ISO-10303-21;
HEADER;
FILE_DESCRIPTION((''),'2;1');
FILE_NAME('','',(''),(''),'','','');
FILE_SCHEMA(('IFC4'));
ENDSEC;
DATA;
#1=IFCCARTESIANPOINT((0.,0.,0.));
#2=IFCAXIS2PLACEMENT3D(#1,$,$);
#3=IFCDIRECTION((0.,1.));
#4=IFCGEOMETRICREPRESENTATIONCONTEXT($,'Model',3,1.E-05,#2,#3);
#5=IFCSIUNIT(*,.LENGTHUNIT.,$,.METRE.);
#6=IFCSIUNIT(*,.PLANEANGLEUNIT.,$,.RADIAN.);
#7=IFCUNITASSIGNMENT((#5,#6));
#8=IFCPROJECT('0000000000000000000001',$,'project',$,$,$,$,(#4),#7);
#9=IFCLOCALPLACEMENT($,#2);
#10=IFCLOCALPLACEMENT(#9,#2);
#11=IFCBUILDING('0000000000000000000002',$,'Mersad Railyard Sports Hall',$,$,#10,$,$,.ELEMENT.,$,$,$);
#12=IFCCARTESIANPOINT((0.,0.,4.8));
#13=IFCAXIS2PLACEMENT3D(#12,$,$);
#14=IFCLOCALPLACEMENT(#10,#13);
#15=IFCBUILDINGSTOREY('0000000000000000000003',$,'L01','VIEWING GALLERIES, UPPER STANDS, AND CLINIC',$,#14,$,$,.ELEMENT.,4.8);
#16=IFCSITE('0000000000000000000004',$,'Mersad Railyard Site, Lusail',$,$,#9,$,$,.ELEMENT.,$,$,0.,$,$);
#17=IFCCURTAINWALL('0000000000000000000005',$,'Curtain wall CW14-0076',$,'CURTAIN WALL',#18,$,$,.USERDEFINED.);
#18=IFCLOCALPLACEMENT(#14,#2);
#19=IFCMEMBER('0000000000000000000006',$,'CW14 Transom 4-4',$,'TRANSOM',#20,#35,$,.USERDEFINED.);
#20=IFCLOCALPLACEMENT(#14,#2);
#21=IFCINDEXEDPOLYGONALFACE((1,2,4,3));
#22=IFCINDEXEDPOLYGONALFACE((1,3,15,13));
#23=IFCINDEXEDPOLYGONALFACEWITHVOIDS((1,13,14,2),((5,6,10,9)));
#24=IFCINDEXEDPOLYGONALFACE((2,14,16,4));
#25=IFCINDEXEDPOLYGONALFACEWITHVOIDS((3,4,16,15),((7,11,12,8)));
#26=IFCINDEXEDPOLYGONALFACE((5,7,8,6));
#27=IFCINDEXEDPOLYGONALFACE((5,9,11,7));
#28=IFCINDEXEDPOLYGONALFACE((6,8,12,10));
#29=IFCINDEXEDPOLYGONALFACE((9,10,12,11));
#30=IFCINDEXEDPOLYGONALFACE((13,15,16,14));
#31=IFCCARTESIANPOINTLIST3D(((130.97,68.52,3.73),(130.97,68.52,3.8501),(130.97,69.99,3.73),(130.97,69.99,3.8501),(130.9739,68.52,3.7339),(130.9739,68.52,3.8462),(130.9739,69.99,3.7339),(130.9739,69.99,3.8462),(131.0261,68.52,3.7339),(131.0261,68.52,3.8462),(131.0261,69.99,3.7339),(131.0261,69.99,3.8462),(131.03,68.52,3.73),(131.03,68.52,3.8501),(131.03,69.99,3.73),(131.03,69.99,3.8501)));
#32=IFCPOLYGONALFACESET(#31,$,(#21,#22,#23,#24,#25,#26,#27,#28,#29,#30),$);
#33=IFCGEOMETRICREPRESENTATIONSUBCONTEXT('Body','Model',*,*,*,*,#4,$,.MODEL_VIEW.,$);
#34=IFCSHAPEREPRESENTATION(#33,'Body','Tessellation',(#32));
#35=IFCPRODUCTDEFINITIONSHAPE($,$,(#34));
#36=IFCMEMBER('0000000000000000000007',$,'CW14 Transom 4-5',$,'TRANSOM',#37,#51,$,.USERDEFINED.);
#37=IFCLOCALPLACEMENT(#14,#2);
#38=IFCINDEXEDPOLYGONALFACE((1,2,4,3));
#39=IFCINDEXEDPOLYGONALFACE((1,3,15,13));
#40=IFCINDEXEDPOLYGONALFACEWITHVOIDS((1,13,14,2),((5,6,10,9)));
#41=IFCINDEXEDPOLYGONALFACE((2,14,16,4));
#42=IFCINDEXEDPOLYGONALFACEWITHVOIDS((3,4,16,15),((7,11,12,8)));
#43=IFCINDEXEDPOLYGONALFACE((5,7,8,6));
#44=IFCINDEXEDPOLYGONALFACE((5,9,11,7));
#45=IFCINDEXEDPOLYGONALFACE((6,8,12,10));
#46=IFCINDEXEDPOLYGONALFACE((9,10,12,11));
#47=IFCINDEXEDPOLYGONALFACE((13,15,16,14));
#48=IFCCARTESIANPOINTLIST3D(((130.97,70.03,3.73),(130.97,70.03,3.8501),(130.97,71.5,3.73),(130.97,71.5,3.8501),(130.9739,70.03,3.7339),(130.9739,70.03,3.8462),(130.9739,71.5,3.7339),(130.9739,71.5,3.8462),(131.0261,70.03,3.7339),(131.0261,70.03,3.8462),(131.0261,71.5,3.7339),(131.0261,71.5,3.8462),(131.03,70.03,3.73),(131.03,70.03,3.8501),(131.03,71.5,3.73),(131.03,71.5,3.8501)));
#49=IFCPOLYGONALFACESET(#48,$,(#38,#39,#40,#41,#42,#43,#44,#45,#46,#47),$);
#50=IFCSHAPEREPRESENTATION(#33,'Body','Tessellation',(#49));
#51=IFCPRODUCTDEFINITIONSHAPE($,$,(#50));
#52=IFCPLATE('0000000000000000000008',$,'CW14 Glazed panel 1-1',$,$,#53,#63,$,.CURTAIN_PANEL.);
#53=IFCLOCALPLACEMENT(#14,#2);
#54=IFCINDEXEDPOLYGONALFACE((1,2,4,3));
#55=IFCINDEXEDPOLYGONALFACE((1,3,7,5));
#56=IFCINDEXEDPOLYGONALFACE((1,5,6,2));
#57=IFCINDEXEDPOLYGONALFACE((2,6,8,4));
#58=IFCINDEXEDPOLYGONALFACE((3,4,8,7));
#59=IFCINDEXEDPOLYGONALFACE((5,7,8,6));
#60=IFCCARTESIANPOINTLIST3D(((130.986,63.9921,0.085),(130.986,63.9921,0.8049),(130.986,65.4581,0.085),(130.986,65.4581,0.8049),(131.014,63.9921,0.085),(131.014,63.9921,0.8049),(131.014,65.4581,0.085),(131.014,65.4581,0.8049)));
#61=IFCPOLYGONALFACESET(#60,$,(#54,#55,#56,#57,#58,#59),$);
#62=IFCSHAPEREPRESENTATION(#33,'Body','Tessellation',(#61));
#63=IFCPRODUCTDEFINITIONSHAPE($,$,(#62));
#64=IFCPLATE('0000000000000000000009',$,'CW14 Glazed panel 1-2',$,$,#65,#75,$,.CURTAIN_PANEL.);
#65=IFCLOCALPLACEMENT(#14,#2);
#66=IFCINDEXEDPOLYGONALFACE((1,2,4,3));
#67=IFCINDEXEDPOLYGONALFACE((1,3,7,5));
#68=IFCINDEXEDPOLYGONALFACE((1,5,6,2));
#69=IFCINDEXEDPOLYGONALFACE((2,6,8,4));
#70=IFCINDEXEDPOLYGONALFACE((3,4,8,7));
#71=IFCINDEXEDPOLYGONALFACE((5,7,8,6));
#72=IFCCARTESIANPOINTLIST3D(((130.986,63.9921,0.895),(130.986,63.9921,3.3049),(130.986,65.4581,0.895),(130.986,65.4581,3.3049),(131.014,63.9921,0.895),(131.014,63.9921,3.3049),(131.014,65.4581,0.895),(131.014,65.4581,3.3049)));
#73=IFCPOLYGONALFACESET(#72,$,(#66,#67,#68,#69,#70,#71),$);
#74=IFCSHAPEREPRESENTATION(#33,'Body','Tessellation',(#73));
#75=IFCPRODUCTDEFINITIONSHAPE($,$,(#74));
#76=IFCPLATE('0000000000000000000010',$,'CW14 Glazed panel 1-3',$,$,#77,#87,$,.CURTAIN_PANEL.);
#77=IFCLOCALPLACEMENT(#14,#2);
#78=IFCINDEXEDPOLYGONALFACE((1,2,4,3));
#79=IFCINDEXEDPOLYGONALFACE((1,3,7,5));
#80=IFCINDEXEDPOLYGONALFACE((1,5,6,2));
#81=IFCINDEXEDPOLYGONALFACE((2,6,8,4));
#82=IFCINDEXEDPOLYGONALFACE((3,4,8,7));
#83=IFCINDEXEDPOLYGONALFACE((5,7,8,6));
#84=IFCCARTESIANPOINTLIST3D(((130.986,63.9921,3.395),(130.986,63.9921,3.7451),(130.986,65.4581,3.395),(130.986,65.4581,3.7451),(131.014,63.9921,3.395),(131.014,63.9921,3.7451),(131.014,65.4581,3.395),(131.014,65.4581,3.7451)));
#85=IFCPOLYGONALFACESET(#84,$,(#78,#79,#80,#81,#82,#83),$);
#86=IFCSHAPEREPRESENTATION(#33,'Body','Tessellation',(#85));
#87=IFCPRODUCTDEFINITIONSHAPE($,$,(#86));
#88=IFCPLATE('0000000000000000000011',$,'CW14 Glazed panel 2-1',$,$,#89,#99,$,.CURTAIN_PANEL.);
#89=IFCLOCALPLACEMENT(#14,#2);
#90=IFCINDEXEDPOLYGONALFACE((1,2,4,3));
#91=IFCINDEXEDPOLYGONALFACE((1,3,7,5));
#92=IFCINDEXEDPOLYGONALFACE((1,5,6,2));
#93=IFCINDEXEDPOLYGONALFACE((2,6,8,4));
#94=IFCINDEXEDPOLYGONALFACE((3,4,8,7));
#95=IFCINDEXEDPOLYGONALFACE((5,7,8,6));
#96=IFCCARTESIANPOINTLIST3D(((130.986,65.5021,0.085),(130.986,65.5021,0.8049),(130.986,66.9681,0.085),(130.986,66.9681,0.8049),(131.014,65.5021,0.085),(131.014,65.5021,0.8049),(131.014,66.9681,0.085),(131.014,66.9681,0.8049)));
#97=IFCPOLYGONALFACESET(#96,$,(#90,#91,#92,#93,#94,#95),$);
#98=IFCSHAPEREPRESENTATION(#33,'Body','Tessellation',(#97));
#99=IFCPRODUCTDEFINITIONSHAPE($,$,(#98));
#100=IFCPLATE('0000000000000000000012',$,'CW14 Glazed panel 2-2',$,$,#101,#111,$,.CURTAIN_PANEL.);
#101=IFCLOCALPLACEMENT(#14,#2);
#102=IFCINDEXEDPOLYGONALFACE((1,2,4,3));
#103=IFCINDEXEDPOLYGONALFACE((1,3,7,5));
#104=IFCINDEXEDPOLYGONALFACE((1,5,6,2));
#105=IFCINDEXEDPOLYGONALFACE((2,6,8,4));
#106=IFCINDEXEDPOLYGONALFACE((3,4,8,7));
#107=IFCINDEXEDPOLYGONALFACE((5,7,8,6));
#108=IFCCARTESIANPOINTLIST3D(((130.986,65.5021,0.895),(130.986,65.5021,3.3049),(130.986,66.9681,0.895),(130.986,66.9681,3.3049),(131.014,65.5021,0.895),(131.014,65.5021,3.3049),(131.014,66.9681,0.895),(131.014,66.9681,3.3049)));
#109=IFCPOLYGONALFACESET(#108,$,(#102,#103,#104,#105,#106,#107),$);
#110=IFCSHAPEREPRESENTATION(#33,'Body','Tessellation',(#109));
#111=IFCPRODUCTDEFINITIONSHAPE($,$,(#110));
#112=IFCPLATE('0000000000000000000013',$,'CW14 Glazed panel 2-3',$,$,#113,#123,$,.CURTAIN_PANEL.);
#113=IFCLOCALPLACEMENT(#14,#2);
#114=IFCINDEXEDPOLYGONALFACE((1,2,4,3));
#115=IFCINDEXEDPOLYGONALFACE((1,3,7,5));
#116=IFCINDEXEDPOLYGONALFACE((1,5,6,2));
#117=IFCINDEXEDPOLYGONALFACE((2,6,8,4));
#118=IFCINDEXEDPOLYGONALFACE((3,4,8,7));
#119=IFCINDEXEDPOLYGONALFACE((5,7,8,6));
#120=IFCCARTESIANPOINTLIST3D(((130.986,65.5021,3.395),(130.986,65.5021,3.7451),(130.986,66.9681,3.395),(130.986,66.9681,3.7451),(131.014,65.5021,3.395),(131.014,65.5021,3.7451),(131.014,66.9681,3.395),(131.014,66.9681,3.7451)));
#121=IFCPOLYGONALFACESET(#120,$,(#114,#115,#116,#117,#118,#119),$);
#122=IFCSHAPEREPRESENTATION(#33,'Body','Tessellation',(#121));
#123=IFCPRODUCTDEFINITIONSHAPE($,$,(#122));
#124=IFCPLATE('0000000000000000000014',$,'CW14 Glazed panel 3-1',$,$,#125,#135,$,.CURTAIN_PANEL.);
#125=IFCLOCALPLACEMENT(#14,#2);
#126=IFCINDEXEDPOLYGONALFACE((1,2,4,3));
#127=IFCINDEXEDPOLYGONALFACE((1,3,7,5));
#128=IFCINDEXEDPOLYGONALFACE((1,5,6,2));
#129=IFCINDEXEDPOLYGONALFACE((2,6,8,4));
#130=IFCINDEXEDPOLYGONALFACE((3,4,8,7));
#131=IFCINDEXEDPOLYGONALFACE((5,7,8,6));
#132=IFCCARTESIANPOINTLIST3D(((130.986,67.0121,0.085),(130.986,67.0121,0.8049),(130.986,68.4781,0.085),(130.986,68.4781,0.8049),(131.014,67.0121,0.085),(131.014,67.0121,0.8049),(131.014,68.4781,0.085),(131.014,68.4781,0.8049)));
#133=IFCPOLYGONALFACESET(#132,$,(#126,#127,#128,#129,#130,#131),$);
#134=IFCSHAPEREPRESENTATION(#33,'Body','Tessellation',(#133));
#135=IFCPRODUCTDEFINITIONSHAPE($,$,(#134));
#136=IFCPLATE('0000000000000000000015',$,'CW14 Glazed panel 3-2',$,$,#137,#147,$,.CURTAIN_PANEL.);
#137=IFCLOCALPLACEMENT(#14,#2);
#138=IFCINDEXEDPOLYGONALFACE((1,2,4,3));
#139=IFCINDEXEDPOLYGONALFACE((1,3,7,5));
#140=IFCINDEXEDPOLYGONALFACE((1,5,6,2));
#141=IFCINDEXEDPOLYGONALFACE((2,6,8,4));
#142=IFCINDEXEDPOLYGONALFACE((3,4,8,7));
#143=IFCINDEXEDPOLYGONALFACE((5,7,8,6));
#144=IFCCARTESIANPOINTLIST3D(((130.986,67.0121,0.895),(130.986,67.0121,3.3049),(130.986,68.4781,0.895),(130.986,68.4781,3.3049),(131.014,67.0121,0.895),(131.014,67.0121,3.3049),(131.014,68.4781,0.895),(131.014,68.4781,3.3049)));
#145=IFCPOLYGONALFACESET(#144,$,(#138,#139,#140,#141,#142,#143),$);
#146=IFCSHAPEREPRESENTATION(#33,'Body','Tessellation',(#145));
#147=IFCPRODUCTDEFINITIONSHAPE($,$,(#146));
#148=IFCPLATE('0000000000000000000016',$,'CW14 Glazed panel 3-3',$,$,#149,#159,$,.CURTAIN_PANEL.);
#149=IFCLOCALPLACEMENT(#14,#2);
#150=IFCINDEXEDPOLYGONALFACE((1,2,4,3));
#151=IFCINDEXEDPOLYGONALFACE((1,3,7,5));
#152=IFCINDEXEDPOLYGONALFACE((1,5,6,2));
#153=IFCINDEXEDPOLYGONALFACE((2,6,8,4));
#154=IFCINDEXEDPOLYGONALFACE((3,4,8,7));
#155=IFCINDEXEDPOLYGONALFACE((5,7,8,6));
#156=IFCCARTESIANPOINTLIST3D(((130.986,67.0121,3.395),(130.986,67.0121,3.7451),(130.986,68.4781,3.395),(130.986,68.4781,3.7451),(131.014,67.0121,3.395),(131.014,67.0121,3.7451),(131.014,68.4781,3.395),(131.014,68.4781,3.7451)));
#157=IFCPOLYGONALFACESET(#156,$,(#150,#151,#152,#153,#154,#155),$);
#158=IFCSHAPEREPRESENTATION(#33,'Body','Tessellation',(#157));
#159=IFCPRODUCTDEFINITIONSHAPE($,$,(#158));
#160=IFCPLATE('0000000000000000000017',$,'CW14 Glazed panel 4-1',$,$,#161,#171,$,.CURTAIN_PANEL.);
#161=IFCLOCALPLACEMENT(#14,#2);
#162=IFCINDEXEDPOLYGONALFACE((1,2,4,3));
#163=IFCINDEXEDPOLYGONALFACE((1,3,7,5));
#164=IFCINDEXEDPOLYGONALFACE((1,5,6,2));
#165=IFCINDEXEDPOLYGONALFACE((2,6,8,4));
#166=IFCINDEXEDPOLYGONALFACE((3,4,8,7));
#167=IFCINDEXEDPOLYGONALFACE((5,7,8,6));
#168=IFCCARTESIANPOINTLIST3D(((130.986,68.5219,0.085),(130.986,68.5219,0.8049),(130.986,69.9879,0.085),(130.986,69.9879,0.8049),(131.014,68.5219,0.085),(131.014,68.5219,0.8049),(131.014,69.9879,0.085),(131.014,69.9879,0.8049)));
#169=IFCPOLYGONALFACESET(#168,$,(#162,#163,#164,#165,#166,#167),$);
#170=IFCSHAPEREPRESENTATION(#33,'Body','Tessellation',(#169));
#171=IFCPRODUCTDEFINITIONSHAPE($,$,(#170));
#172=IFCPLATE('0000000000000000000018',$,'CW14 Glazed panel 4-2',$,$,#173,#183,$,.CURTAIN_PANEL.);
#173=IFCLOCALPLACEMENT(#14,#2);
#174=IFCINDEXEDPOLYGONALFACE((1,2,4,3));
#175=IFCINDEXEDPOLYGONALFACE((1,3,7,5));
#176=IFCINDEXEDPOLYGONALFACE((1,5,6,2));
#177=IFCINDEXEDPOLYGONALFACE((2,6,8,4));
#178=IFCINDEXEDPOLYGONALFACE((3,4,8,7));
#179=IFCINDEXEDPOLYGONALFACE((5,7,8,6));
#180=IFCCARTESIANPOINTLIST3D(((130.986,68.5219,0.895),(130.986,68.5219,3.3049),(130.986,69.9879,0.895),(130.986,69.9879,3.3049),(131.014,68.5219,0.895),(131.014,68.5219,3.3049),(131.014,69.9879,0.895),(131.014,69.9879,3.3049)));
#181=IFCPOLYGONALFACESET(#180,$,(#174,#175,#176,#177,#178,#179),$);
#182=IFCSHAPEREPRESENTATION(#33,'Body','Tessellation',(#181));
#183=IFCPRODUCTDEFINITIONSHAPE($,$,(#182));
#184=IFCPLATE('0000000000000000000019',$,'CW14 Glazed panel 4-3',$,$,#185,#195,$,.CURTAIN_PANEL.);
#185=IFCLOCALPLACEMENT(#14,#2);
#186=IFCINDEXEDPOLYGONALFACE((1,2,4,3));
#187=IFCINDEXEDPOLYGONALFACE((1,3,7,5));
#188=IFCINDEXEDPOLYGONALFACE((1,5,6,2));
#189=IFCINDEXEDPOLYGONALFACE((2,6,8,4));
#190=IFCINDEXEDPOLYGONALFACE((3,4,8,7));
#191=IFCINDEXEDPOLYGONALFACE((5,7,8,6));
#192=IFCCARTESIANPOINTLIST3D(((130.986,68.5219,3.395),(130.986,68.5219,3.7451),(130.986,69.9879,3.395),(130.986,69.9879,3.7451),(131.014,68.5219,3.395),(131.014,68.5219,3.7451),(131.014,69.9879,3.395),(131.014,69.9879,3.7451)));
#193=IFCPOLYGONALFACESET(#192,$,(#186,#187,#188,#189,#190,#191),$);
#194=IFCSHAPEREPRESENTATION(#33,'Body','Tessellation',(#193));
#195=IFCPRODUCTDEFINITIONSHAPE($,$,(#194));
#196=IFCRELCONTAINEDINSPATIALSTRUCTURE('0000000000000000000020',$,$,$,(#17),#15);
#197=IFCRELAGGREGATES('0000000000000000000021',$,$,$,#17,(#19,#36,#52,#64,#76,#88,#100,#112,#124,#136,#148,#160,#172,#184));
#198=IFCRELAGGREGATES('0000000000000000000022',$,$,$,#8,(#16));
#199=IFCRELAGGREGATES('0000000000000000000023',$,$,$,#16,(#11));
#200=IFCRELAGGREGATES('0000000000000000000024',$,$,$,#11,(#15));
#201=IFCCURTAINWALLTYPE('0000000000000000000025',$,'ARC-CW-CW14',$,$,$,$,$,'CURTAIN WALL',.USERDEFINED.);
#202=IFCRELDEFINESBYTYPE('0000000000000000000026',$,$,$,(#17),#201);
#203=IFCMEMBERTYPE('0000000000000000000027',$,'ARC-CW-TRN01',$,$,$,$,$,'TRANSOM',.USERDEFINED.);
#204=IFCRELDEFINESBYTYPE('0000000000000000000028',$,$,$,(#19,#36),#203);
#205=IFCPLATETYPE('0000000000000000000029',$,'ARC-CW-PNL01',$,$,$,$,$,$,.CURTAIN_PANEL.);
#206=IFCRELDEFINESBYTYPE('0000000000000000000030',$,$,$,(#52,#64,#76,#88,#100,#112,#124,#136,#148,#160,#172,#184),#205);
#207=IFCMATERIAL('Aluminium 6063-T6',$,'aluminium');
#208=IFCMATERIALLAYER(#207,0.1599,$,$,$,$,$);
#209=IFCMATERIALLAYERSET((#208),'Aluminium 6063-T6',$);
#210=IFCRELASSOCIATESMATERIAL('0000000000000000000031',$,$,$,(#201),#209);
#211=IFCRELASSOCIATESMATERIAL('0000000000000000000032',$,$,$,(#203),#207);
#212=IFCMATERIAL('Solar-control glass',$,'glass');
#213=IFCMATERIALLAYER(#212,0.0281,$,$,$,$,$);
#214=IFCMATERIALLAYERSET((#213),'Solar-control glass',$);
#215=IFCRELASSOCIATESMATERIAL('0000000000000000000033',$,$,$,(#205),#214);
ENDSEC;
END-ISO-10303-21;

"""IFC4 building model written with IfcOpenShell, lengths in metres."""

from ifc_helpers import new_model, si_unit, direction, frame, origin, origin_2d, place, context, subcontext, project, spatial, rectangle, hollow_rectangle, extrude, material, layer, layer_set, material_profile, profile_set, type_object, element, aggregate, save


model = new_model("IFC4")

# Units and contexts
model_context = context("Model", 3, precision=1e-05, world=origin(), true_north=direction((0.0, 1.0)))
body_context = subcontext(model_context, "Body", "Model", "MODEL_VIEW")
ifc_project = project(units=[si_unit("LENGTHUNIT", "METRE"), si_unit("PLANEANGLEUNIT", "RADIAN")], contexts=[model_context])

# Site, building, storey
site_placement = place(None, origin())
site = spatial("IfcSite", under=ifc_project, at=site_placement, Name="Mersad Railyard Site, Lusail", CompositionType="ELEMENT", RefElevation=0.0)
building_placement = place(site_placement, origin())
building = spatial("IfcBuilding", under=site, at=building_placement, Name="Mersad Railyard Sports Hall", CompositionType="ELEMENT")
storey_placement = place(building_placement, frame((0.0, 0.0, 4.8)))
storey = spatial("IfcBuildingStorey", under=building, at=storey_placement, Name="L01", Description="VIEWING GALLERIES, UPPER STANDS, AND CLINIC", CompositionType="ELEMENT", Elevation=4.8)

# Curtain wall, members, plates
ifc_material_1 = material(Name="Aluminium 6063-T6", Category="aluminium")
ifc_layer_1 = layer(ifc_material_1, 0.1599)
ifc_layer_set_1 = layer_set([ifc_layer_1], Name="Aluminium 6063-T6")
curtain_wall_type = type_object("IfcCurtainWallType", Name="ARC-CW-CW14", ElementType="CURTAIN WALL", PredefinedType="USERDEFINED", material=ifc_layer_set_1)
curtain_wall_placement = place(storey_placement, origin())
curtain_wall = element("IfcCurtainWall", 1, at=curtain_wall_placement, inside=storey, type_object=curtain_wall_type, Name="Curtain wall CW14-0076", ObjectType="CURTAIN WALL", PredefinedType="USERDEFINED")
ifc_material_profile_1 = material_profile(ifc_material_1, hollow_rectangle(XDim=0.0601, YDim=0.1201, WallThickness=0.0039, at=origin_2d()), Name="AL TRANSOM 60x120x4")
ifc_profile_set_1 = profile_set([ifc_material_profile_1], Name="Aluminium 6063-T6")
member_type_1 = type_object("IfcMemberType", Name="ARC-CW-TRN01", ElementType="TRANSOM", PredefinedType="USERDEFINED", material=ifc_profile_set_1)
member_1_placement = place(storey_placement, frame((131.0, 68.52, 3.79), z_axis=(0.0, 1.0, 0.0), x_axis=(-1.0, 0.0, 0.0)))
member_1 = element("IfcMember", 2, at=member_1_placement, type_object=member_type_1, Name="CW14 Transom 4-4", ObjectType="TRANSOM", PredefinedType="USERDEFINED", context=body_context, shape_type="SweptSolid", body=[
    extrude(hollow_rectangle(XDim=0.0601, YDim=0.1201, WallThickness=0.0039, at=origin_2d()), origin(), (0.0, 0.0, 1.0), 1.47),
])
member_2_placement = place(storey_placement, frame((131.0, 70.03, 3.79), z_axis=(0.0, 1.0, 0.0), x_axis=(-1.0, 0.0, 0.0)))
member_2 = element("IfcMember", 3, at=member_2_placement, type_object=member_type_1, Name="CW14 Transom 4-5", ObjectType="TRANSOM", PredefinedType="USERDEFINED", context=body_context, shape_type="SweptSolid", body=[
    extrude(hollow_rectangle(XDim=0.0601, YDim=0.1201, WallThickness=0.0039, at=origin_2d()), origin(), (0.0, 0.0, 1.0), 1.47),
])
ifc_material_2 = material(Name="Solar-control glass", Category="glass")
ifc_layer_2 = layer(ifc_material_2, 0.0281)
ifc_layer_set_2 = layer_set([ifc_layer_2], Name="Solar-control glass")
plate_type = type_object("IfcPlateType", Name="ARC-CW-PNL01", PredefinedType="CURTAIN_PANEL", material=ifc_layer_set_2)
plate_1_placement = place(storey_placement, frame((131.0, 64.7251, 0.085), z_axis=(0.0, 0.0, 1.0), x_axis=(0.0, 1.0, 0.0)))
plate_1 = element("IfcPlate", 4, at=plate_1_placement, type_object=plate_type, Name="CW14 Glazed panel 1-1", PredefinedType="CURTAIN_PANEL", context=body_context, shape_type="SweptSolid", body=[
    extrude(rectangle(XDim=1.4661, YDim=0.0281, at=origin_2d()), origin(), (0.0, 0.0, 1.0), 0.72),
])
plate_2_placement = place(storey_placement, frame((131.0, 64.7251, 0.895), z_axis=(0.0, 0.0, 1.0), x_axis=(0.0, 1.0, 0.0)))
plate_2 = element("IfcPlate", 5, at=plate_2_placement, type_object=plate_type, Name="CW14 Glazed panel 1-2", PredefinedType="CURTAIN_PANEL", context=body_context, shape_type="SweptSolid", body=[
    extrude(rectangle(XDim=1.4661, YDim=0.0281, at=origin_2d()), origin(), (0.0, 0.0, 1.0), 2.4099),
])
plate_3_placement = place(storey_placement, frame((131.0, 64.7251, 3.395), z_axis=(0.0, 0.0, 1.0), x_axis=(0.0, 1.0, 0.0)))
plate_3 = element("IfcPlate", 6, at=plate_3_placement, type_object=plate_type, Name="CW14 Glazed panel 1-3", PredefinedType="CURTAIN_PANEL", context=body_context, shape_type="SweptSolid", body=[
    extrude(rectangle(XDim=1.4661, YDim=0.0281, at=origin_2d()), origin(), (0.0, 0.0, 1.0), 0.3501),
])
plate_4_placement = place(storey_placement, frame((131.0, 66.2351, 0.085), z_axis=(0.0, 0.0, 1.0), x_axis=(0.0, 1.0, 0.0)))
plate_4 = element("IfcPlate", 7, at=plate_4_placement, type_object=plate_type, Name="CW14 Glazed panel 2-1", PredefinedType="CURTAIN_PANEL", context=body_context, shape_type="SweptSolid", body=[
    extrude(rectangle(XDim=1.4661, YDim=0.0281, at=origin_2d()), origin(), (0.0, 0.0, 1.0), 0.72),
])
plate_5_placement = place(storey_placement, frame((131.0, 66.2351, 0.895), z_axis=(0.0, 0.0, 1.0), x_axis=(0.0, 1.0, 0.0)))
plate_5 = element("IfcPlate", 8, at=plate_5_placement, type_object=plate_type, Name="CW14 Glazed panel 2-2", PredefinedType="CURTAIN_PANEL", context=body_context, shape_type="SweptSolid", body=[
    extrude(rectangle(XDim=1.4661, YDim=0.0281, at=origin_2d()), origin(), (0.0, 0.0, 1.0), 2.4099),
])
plate_6_placement = place(storey_placement, frame((131.0, 66.2351, 3.395), z_axis=(0.0, 0.0, 1.0), x_axis=(0.0, 1.0, 0.0)))
plate_6 = element("IfcPlate", 9, at=plate_6_placement, type_object=plate_type, Name="CW14 Glazed panel 2-3", PredefinedType="CURTAIN_PANEL", context=body_context, shape_type="SweptSolid", body=[
    extrude(rectangle(XDim=1.4661, YDim=0.0281, at=origin_2d()), origin(), (0.0, 0.0, 1.0), 0.3501),
])
plate_7_placement = place(storey_placement, frame((131.0, 67.7451, 0.085), z_axis=(0.0, 0.0, 1.0), x_axis=(0.0, 1.0, 0.0)))
plate_7 = element("IfcPlate", 10, at=plate_7_placement, type_object=plate_type, Name="CW14 Glazed panel 3-1", PredefinedType="CURTAIN_PANEL", context=body_context, shape_type="SweptSolid", body=[
    extrude(rectangle(XDim=1.4661, YDim=0.0281, at=origin_2d()), origin(), (0.0, 0.0, 1.0), 0.72),
])
plate_8_placement = place(storey_placement, frame((131.0, 67.7451, 0.895), z_axis=(0.0, 0.0, 1.0), x_axis=(0.0, 1.0, 0.0)))
plate_8 = element("IfcPlate", 11, at=plate_8_placement, type_object=plate_type, Name="CW14 Glazed panel 3-2", PredefinedType="CURTAIN_PANEL", context=body_context, shape_type="SweptSolid", body=[
    extrude(rectangle(XDim=1.4661, YDim=0.0281, at=origin_2d()), origin(), (0.0, 0.0, 1.0), 2.4099),
])
plate_9_placement = place(storey_placement, frame((131.0, 67.7451, 3.395), z_axis=(0.0, 0.0, 1.0), x_axis=(0.0, 1.0, 0.0)))
plate_9 = element("IfcPlate", 12, at=plate_9_placement, type_object=plate_type, Name="CW14 Glazed panel 3-3", PredefinedType="CURTAIN_PANEL", context=body_context, shape_type="SweptSolid", body=[
    extrude(rectangle(XDim=1.4661, YDim=0.0281, at=origin_2d()), origin(), (0.0, 0.0, 1.0), 0.3501),
])
plate_10_placement = place(storey_placement, frame((131.0, 69.2549, 0.085), z_axis=(0.0, 0.0, 1.0), x_axis=(0.0, 1.0, 0.0)))
plate_10 = element("IfcPlate", 13, at=plate_10_placement, type_object=plate_type, Name="CW14 Glazed panel 4-1", PredefinedType="CURTAIN_PANEL", context=body_context, shape_type="SweptSolid", body=[
    extrude(rectangle(XDim=1.4661, YDim=0.0281, at=origin_2d()), origin(), (0.0, 0.0, 1.0), 0.72),
])
plate_11_placement = place(storey_placement, frame((131.0, 69.2549, 0.895), z_axis=(0.0, 0.0, 1.0), x_axis=(0.0, 1.0, 0.0)))
plate_11 = element("IfcPlate", 14, at=plate_11_placement, type_object=plate_type, Name="CW14 Glazed panel 4-2", PredefinedType="CURTAIN_PANEL", context=body_context, shape_type="SweptSolid", body=[
    extrude(rectangle(XDim=1.4661, YDim=0.0281, at=origin_2d()), origin(), (0.0, 0.0, 1.0), 2.4099),
])
plate_12_placement = place(storey_placement, frame((131.0, 69.2549, 3.395), z_axis=(0.0, 0.0, 1.0), x_axis=(0.0, 1.0, 0.0)))
plate_12 = element("IfcPlate", 15, at=plate_12_placement, type_object=plate_type, Name="CW14 Glazed panel 4-3", PredefinedType="CURTAIN_PANEL", context=body_context, shape_type="SweptSolid", body=[
    extrude(rectangle(XDim=1.4661, YDim=0.0281, at=origin_2d()), origin(), (0.0, 0.0, 1.0), 0.3501),
])
aggregate(curtain_wall, [member_1, member_2, plate_1, plate_2, plate_3, plate_4, plate_5, plate_6, plate_7, plate_8, plate_9, plate_10, plate_11, plate_12])

save(model, "model.ifc")
